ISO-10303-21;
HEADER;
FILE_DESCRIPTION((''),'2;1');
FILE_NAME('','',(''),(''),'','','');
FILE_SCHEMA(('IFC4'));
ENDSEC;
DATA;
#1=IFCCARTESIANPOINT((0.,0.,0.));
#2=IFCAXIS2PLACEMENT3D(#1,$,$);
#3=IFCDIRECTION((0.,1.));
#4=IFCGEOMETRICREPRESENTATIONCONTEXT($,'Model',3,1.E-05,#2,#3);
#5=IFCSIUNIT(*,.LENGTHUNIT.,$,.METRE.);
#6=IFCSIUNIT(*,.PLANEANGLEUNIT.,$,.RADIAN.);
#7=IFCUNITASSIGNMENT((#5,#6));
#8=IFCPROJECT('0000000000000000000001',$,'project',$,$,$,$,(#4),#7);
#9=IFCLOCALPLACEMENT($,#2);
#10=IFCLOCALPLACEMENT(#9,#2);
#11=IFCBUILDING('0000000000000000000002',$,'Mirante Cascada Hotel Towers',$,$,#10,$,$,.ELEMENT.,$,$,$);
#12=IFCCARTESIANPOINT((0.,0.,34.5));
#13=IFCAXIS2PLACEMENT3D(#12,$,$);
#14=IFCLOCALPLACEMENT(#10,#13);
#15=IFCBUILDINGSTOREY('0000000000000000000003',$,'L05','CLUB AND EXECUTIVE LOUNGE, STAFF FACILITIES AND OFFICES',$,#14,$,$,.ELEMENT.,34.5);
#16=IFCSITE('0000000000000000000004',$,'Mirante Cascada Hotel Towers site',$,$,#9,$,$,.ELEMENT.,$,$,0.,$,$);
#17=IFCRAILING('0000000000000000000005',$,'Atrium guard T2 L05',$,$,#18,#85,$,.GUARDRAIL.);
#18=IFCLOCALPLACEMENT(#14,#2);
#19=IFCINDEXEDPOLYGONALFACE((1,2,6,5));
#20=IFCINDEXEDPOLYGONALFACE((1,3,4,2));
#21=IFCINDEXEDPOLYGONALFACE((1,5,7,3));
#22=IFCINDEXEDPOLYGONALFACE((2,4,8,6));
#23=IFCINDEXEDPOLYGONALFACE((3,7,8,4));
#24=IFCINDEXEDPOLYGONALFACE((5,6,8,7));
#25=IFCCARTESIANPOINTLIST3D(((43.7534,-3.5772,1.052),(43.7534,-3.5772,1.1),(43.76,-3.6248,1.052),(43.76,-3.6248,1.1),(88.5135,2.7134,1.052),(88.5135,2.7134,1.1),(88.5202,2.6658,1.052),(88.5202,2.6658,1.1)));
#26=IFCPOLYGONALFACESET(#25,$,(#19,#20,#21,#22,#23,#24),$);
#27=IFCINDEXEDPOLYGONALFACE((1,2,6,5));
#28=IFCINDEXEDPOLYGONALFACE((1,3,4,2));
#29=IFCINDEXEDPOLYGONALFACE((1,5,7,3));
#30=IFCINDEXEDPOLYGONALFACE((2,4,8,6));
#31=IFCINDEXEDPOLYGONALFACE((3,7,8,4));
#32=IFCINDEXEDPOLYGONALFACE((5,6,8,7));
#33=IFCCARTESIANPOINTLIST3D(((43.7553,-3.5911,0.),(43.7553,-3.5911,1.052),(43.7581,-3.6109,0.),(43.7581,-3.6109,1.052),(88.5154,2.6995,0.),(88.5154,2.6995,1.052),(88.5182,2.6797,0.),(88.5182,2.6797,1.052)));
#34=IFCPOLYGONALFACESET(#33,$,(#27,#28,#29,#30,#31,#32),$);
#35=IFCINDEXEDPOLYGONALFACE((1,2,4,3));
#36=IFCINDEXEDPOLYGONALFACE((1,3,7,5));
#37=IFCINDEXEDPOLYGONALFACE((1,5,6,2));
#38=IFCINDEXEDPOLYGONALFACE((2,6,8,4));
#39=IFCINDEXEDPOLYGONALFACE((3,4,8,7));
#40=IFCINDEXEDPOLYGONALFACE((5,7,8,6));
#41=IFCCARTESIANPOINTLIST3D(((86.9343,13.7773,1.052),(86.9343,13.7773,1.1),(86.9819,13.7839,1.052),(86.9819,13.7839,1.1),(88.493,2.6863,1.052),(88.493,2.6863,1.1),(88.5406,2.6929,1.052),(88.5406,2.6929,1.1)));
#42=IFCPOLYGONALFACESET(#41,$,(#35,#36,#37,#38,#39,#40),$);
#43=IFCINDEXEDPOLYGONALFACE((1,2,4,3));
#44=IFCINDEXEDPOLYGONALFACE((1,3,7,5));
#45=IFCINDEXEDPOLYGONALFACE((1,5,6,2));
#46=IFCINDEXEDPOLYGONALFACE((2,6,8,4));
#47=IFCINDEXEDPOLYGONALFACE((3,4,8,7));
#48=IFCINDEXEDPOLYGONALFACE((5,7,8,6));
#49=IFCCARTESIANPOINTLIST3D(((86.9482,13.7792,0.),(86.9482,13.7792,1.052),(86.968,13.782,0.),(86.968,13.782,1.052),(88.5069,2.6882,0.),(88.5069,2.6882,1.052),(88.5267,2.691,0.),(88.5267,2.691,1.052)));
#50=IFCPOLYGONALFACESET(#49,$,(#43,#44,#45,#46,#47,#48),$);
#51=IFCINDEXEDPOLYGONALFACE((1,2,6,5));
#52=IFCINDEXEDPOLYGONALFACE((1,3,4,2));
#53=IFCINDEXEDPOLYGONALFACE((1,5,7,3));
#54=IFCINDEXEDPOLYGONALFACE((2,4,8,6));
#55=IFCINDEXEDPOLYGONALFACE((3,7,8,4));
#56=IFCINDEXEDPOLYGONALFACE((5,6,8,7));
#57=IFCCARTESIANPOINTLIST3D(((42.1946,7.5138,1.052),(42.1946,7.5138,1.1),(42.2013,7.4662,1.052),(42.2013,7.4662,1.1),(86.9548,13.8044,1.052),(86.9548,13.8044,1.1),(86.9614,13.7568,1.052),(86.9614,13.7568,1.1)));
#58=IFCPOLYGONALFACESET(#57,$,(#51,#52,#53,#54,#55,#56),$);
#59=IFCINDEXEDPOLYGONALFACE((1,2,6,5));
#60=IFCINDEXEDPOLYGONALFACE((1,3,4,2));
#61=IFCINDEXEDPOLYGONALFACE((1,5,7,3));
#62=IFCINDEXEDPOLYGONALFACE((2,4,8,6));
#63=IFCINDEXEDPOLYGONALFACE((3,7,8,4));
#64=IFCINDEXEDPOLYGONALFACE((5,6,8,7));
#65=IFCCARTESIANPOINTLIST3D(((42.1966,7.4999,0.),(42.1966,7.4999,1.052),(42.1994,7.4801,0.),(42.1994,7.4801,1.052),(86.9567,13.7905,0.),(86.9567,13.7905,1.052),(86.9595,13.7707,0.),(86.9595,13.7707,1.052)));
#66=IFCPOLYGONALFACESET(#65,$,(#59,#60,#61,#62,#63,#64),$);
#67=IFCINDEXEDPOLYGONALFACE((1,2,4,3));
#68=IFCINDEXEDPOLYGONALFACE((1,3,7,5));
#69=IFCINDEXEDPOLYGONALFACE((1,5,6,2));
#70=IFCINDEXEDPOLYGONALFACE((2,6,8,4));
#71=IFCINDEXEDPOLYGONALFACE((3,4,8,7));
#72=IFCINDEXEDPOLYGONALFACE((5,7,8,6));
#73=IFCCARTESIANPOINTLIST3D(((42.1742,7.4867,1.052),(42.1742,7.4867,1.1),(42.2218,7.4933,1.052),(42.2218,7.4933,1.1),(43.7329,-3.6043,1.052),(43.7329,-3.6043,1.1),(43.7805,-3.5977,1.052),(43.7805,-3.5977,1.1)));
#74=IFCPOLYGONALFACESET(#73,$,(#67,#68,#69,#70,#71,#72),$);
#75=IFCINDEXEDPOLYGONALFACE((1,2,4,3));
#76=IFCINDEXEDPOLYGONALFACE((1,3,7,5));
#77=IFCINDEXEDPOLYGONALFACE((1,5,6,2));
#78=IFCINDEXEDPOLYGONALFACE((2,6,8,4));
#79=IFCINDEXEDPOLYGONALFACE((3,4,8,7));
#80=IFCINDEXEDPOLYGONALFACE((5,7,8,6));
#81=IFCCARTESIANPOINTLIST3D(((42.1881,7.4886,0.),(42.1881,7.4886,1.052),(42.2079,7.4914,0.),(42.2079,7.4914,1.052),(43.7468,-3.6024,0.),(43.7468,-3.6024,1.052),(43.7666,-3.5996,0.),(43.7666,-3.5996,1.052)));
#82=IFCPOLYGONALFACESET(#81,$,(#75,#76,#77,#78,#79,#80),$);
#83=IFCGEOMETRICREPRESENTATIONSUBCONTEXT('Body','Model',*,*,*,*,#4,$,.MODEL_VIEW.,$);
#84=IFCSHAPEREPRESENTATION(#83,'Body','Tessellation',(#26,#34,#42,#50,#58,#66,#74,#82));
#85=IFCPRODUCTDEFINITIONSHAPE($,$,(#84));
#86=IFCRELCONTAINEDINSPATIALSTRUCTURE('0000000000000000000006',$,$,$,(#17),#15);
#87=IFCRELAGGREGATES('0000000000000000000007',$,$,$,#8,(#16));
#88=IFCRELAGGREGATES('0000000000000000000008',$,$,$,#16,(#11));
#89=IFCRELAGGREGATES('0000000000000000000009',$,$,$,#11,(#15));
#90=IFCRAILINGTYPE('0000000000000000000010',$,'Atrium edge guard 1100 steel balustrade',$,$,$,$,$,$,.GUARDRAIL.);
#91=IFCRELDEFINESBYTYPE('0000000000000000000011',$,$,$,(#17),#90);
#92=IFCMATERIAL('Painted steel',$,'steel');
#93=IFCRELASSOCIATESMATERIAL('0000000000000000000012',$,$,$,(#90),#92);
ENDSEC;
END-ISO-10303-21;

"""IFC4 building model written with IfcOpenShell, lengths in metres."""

from ifc_helpers import new_model, si_unit, direction, frame, origin, origin_2d, place, context, subcontext, project, spatial, rectangle, extrude, material, type_object, element, save


model = new_model("IFC4")

# Units and contexts
model_context = context("Model", 3, precision=1e-05, world=origin(), true_north=direction((0.0, 1.0)))
body_context = subcontext(model_context, "Body", "Model", "MODEL_VIEW")
ifc_project = project(units=[si_unit("LENGTHUNIT", "METRE"), si_unit("PLANEANGLEUNIT", "RADIAN")], contexts=[model_context])

# Site, building, storey
site_placement = place(None, origin())
site = spatial("IfcSite", under=ifc_project, at=site_placement, Name="Mirante Cascada Hotel Towers site", CompositionType="ELEMENT", RefElevation=0.0)
building_placement = place(site_placement, origin())
building = spatial("IfcBuilding", under=site, at=building_placement, Name="Mirante Cascada Hotel Towers", CompositionType="ELEMENT")
storey_placement = place(building_placement, frame((0.0, 0.0, 34.5)))
storey = spatial("IfcBuildingStorey", under=building, at=storey_placement, Name="L05", Description="CLUB AND EXECUTIVE LOUNGE, STAFF FACILITIES AND OFFICES", CompositionType="ELEMENT", Elevation=34.5)

# Railing
ifc_material_1 = material(Name="Painted steel", Category="steel")
railing_type = type_object("IfcRailingType", Name="Atrium edge guard 1100 steel balustrade", PredefinedType="GUARDRAIL", material=ifc_material_1)
railing_placement = place(storey_placement, frame((43.7567, -3.601, 0.0)))
element("IfcRailing", 1, at=railing_placement, inside=storey, type_object=railing_type, Name="Atrium guard T2 L05", PredefinedType="GUARDRAIL", context=body_context, shape_type="SweptSolid", body=[
    extrude(rectangle(XDim=0.048, YDim=0.048, at=origin_2d()), frame((0.0, 0.0, 1.076), z_axis=(0.990268, 0.139173, 0.0), x_axis=(-0.139173, 0.990268, 0.0)), (0.0, 0.0, 1.0), 45.2),
    extrude(rectangle(XDim=0.02, YDim=1.052, at=origin_2d()), frame((0.0, 0.0, 0.526), z_axis=(0.990268, 0.139173, 0.0), x_axis=(-0.139173, 0.990268, 0.0)), (0.0, 0.0, 1.0), 45.2),
    extrude(rectangle(XDim=0.048, YDim=0.048, at=origin_2d()), frame((44.7601, 6.2906, 1.076), z_axis=(-0.13917, 0.990268, 0.0), x_axis=(-0.990268, -0.13917, 0.0)), (0.0, 0.0, 1.0), 11.2),
    extrude(rectangle(XDim=0.02, YDim=1.052, at=origin_2d()), frame((44.7601, 6.2906, 0.526), z_axis=(-0.13917, 0.990268, 0.0), x_axis=(-0.990268, -0.13917, 0.0)), (0.0, 0.0, 1.0), 11.2),
    extrude(rectangle(XDim=0.048, YDim=0.048, at=origin_2d()), frame((43.2014, 17.3816, 1.076), z_axis=(-0.990268, -0.139173, 0.0), x_axis=(0.139173, -0.990268, 0.0)), (0.0, 0.0, 1.0), 45.2),
    extrude(rectangle(XDim=0.02, YDim=1.052, at=origin_2d()), frame((43.2014, 17.3816, 0.526), z_axis=(-0.990268, -0.139173, 0.0), x_axis=(0.139173, -0.990268, 0.0)), (0.0, 0.0, 1.0), 45.2),
    extrude(rectangle(XDim=0.048, YDim=0.048, at=origin_2d()), frame((-1.5587, 11.091, 1.076), z_axis=(0.13917, -0.990268, 0.0), x_axis=(0.990268, 0.13917, 0.0)), (0.0, 0.0, 1.0), 11.2),
    extrude(rectangle(XDim=0.02, YDim=1.052, at=origin_2d()), frame((-1.5587, 11.091, 0.526), z_axis=(0.13917, -0.990268, 0.0), x_axis=(0.990268, 0.13917, 0.0)), (0.0, 0.0, 1.0), 11.2),
])

save(model, "model.ifc")
